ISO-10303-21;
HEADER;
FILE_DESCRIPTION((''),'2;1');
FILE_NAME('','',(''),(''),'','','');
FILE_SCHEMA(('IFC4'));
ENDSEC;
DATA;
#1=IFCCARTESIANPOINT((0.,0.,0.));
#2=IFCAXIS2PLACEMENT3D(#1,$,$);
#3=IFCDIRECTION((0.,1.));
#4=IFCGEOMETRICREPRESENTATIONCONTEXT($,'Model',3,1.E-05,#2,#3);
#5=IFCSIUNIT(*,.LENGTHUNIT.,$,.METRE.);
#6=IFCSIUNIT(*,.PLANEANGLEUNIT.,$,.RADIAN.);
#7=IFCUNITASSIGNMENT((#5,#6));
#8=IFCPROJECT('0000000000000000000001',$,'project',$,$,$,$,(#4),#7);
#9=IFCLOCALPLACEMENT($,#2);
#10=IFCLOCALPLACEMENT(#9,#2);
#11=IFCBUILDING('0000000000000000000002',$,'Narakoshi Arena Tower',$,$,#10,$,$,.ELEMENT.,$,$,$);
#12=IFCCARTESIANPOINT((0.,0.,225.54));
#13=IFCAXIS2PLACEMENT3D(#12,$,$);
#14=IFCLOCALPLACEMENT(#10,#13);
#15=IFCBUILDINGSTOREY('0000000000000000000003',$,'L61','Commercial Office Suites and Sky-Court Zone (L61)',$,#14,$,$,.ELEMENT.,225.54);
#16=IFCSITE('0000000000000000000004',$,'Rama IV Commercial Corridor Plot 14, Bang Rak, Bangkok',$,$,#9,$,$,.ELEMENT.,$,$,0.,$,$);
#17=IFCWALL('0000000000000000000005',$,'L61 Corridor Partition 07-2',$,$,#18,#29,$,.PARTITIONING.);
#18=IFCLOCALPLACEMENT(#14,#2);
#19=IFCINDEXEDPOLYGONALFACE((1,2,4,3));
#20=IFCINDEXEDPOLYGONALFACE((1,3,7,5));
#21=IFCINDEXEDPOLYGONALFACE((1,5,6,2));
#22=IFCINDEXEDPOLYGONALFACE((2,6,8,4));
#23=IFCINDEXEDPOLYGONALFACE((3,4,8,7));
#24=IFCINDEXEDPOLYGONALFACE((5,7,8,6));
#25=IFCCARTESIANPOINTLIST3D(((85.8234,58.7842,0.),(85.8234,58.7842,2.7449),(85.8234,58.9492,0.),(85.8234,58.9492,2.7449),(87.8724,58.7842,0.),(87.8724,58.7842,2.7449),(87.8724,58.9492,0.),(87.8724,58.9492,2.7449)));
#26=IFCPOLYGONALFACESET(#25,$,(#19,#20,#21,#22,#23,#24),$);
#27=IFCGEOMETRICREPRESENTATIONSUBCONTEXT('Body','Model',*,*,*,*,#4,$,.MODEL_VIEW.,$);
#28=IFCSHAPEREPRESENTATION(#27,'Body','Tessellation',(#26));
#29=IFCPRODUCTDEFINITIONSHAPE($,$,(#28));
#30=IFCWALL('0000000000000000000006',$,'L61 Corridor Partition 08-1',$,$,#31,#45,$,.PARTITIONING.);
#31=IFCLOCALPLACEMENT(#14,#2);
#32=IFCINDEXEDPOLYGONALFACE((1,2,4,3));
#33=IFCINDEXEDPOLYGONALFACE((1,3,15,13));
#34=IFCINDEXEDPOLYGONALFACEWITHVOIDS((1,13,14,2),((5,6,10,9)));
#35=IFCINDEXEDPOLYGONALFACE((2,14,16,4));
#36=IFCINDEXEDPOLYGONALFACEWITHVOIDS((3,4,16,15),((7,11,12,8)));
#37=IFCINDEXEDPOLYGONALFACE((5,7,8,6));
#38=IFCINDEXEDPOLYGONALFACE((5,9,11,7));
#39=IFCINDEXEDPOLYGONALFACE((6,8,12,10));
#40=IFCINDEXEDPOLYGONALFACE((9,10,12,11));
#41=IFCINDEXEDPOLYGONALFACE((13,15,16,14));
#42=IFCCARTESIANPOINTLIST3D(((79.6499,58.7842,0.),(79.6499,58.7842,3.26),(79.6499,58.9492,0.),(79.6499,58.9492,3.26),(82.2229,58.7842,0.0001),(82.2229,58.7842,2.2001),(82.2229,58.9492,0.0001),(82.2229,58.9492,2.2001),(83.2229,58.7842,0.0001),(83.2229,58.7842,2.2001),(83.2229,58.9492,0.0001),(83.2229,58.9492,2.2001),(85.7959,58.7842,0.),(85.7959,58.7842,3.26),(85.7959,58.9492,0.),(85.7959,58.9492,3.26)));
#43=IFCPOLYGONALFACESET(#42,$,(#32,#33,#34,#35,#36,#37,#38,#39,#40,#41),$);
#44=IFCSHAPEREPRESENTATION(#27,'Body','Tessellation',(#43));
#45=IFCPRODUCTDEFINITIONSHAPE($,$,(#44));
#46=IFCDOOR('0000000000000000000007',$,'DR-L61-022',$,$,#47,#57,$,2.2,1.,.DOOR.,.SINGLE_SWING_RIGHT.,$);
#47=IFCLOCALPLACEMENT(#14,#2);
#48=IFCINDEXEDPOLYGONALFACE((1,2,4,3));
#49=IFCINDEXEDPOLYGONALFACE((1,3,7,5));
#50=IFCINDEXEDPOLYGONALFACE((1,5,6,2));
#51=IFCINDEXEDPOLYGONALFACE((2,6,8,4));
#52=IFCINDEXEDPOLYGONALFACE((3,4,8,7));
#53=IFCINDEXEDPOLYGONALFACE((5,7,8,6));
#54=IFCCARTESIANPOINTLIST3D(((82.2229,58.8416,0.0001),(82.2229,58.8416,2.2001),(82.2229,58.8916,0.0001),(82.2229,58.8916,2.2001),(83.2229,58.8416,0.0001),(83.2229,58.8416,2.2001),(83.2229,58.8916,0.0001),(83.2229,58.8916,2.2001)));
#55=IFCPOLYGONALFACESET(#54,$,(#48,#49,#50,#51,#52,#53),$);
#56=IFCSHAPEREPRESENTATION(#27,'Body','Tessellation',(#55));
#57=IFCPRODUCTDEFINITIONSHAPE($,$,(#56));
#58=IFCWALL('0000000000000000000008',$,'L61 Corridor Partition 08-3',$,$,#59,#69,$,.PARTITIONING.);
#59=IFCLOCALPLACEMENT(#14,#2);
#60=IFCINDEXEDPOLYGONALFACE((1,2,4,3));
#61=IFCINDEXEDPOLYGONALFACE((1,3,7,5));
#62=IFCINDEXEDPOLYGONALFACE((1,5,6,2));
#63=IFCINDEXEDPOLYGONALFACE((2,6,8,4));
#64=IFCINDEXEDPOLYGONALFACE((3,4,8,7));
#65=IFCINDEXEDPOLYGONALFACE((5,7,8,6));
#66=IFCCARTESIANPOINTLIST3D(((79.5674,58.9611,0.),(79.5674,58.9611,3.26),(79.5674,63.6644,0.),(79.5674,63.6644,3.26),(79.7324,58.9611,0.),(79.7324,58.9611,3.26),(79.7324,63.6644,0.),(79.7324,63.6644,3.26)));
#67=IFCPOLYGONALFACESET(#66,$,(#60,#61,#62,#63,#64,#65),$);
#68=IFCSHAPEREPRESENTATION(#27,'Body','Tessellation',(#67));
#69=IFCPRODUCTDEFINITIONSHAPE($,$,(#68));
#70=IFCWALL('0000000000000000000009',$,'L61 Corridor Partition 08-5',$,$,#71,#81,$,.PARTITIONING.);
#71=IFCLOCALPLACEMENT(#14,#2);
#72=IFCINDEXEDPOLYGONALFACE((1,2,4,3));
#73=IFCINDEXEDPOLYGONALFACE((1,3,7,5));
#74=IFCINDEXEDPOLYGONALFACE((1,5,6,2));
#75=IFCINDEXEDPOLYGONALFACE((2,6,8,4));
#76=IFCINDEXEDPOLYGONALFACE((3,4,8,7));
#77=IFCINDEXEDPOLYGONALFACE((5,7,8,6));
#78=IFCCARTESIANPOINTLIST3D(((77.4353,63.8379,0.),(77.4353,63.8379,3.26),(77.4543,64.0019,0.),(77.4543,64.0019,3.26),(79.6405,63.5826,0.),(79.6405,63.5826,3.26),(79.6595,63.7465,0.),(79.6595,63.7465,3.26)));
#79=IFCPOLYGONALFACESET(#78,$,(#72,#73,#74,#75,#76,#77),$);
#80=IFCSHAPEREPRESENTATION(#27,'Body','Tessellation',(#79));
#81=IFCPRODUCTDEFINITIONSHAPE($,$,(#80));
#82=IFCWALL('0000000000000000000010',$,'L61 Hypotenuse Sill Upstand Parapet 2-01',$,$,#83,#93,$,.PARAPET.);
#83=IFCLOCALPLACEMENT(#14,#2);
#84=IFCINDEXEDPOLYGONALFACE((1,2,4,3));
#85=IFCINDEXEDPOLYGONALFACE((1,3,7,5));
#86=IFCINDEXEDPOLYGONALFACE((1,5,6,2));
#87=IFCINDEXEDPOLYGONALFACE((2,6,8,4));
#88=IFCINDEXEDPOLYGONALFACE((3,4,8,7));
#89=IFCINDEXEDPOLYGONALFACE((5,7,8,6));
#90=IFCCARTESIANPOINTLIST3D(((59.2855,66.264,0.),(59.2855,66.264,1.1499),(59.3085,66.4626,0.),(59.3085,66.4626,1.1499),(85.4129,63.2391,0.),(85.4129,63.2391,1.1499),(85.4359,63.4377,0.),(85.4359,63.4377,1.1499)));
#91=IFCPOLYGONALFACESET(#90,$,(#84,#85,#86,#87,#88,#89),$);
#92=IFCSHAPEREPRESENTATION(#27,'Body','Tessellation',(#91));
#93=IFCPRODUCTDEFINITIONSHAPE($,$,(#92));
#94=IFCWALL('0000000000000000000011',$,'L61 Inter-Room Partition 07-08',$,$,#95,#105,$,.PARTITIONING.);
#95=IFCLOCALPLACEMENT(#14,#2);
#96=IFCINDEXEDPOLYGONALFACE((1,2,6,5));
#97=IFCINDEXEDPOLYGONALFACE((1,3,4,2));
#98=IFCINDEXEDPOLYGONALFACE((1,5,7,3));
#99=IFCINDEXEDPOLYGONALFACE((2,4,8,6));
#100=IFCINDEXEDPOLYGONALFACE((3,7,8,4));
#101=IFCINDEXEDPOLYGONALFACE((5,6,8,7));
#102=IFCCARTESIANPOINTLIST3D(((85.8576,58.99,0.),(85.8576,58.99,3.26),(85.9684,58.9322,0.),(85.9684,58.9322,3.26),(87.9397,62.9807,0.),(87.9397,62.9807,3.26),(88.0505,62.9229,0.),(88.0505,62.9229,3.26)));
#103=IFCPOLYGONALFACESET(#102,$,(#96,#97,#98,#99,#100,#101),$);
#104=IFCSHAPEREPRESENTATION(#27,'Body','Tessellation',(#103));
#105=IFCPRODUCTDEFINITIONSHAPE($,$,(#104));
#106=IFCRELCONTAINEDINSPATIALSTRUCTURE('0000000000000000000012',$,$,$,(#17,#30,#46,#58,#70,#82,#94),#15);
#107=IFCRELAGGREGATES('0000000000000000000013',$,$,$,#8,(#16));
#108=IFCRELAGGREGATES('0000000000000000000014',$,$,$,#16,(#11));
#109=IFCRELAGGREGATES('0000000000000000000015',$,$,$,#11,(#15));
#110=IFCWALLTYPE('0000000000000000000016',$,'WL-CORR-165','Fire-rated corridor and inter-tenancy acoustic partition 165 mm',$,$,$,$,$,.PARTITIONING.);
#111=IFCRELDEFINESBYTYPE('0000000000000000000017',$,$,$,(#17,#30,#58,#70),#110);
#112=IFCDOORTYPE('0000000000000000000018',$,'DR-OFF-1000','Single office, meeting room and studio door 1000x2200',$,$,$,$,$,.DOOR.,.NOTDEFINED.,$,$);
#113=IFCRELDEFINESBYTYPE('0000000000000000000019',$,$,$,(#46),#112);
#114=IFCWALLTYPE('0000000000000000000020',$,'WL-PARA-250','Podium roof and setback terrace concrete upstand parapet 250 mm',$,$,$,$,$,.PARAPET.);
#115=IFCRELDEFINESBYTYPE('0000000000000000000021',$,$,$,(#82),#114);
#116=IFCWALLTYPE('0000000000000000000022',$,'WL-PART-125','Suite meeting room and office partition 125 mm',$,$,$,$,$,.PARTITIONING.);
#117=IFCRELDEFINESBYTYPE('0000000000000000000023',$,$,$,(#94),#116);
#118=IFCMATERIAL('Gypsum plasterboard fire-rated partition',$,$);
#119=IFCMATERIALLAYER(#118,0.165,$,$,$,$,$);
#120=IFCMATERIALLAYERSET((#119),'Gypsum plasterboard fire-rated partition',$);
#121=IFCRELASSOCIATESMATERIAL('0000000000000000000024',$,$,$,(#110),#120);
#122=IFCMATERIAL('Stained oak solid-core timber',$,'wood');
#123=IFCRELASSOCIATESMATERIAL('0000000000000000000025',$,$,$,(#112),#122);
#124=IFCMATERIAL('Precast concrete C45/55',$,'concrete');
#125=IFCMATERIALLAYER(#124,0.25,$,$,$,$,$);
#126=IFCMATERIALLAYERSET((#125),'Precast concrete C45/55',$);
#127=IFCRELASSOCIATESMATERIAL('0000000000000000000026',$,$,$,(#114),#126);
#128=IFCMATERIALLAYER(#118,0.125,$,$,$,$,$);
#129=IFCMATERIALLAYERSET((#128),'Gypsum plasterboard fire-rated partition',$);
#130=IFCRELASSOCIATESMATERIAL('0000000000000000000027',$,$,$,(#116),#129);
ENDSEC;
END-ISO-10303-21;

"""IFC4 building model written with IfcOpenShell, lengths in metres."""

from ifc_helpers import new_model, si_unit, direction, frame, frame_2d, origin, place, context, subcontext, project, spatial, rectangle, extrude, material, layer, layer_set, type_object, element, fill, save


model = new_model("IFC4")

# Units and contexts
model_context = context("Model", 3, precision=1e-05, world=origin(), true_north=direction((0.0, 1.0)))
body_context = subcontext(model_context, "Body", "Model", "MODEL_VIEW")
ifc_project = project(units=[si_unit("LENGTHUNIT", "METRE"), si_unit("PLANEANGLEUNIT", "RADIAN")], contexts=[model_context])

# Site, building, storey
site_placement = place(None, origin())
site = spatial("IfcSite", under=ifc_project, at=site_placement, Name="Rama IV Commercial Corridor Plot 14, Bang Rak, Bangkok", CompositionType="ELEMENT", RefElevation=0.0)
building_placement = place(site_placement, origin())
building = spatial("IfcBuilding", under=site, at=building_placement, Name="Narakoshi Arena Tower", CompositionType="ELEMENT")
storey_placement = place(building_placement, frame((0.0, 0.0, 225.54)))
storey = spatial("IfcBuildingStorey", under=building, at=storey_placement, Name="L61", Description="Commercial Office Suites and Sky-Court Zone (L61)", CompositionType="ELEMENT", Elevation=225.54)

# Wall
ifc_material_1 = material(Name="Gypsum plasterboard fire-rated partition")
ifc_layer_1 = layer(ifc_material_1, 0.165)
ifc_layer_set_1 = layer_set([ifc_layer_1], Name="Gypsum plasterboard fire-rated partition")
wall_type_1 = type_object("IfcWallType", Name="WL-CORR-165", Description="Fire-rated corridor and inter-tenancy acoustic partition 165 mm", PredefinedType="PARTITIONING", material=ifc_layer_set_1)
wall_1_placement = place(storey_placement, frame((87.8723, 58.8667, 0.0), z_axis=(0.0, 0.0, 1.0), x_axis=(-1.0, 0.0, 0.0)))
element("IfcWall", 1, at=wall_1_placement, inside=storey, type_object=wall_type_1, Name="L61 Corridor Partition 07-2", PredefinedType="PARTITIONING", context=body_context, shape_type="SweptSolid", body=[
    extrude(rectangle(XDim=2.0491, YDim=0.165, at=frame_2d((1.0244, 0.0))), origin(), (0.0, 0.0, 1.0), 2.7449),
])

# Wall, opening, door
wall_2_placement = place(storey_placement, frame((85.7959, 58.8667, 0.0), z_axis=(0.0, 0.0, 1.0), x_axis=(-1.0, 0.0, 0.0)))
wall_2 = element("IfcWall", 2, at=wall_2_placement, inside=storey, type_object=wall_type_1, Name="L61 Corridor Partition 08-1", PredefinedType="PARTITIONING", context=body_context, shape_type="SweptSolid", body=[
    extrude(rectangle(XDim=6.146, YDim=0.165, at=frame_2d((3.073, 0.0))), origin(), (0.0, 0.0, 1.0), 3.26),
])
opening_placement = place(wall_2_placement, frame((2.573, 0.0, 0.0)))
opening = element("IfcOpeningElement", 3, at=opening_placement, cuts=wall_2, PredefinedType="OPENING", context=body_context, shape_type="SweptSolid", body=[
    extrude(rectangle(XDim=1.0, YDim=2.2, at=frame_2d((0.5, 1.1001))), frame((0.0, 0.0925, 0.0), z_axis=(0.0, -1.0, 0.0), x_axis=(1.0, 0.0, 0.0)), (0.0, 0.0, 1.0), 0.1851),
])
ifc_material_2 = material(Name="Stained oak solid-core timber", Category="wood")
door_type = type_object("IfcDoorType", Name="DR-OFF-1000", Description="Single office, meeting room and studio door 1000x2200", OperationType="NOTDEFINED", PredefinedType="DOOR", material=ifc_material_2)
door_placement = place(opening_placement, frame((1.0, 0.0, 0.0), z_axis=(0.0, 0.0, 1.0), x_axis=(-1.0, 0.0, 0.0)))
door = element("IfcDoor", 4, at=door_placement, inside=storey, type_object=door_type, Name="DR-L61-022", OperationType="SINGLE_SWING_RIGHT", OverallHeight=2.2, OverallWidth=1.0, PredefinedType="DOOR", context=body_context, shape_type="SweptSolid", body=[
    extrude(rectangle(XDim=1.0, YDim=2.2, at=frame_2d((0.5, 1.1001))), frame((0.0, 0.0249, 0.0), z_axis=(0.0, -1.0, 0.0), x_axis=(1.0, 0.0, 0.0)), (0.0, 0.0, 1.0), 0.05),
])
fill(opening, door)

# Walls
wall_3_placement = place(storey_placement, frame((79.6499, 58.9612, 0.0), z_axis=(0.0, 0.0, 1.0), x_axis=(0.0, 1.0, 0.0)))
element("IfcWall", 5, at=wall_3_placement, inside=storey, type_object=wall_type_1, Name="L61 Corridor Partition 08-3", PredefinedType="PARTITIONING", context=body_context, shape_type="SweptSolid", body=[
    extrude(rectangle(XDim=4.7034, YDim=0.165, at=frame_2d((2.3516, 0.0))), origin(), (0.0, 0.0, 1.0), 3.26),
])
wall_4_placement = place(storey_placement, frame((79.6499, 63.6646, 0.0), z_axis=(0.0, 0.0, 1.0), x_axis=(-0.993362, 0.115029, 0.0)))
element("IfcWall", 6, at=wall_4_placement, inside=storey, type_object=wall_type_1, Name="L61 Corridor Partition 08-5", PredefinedType="PARTITIONING", context=body_context, shape_type="SweptSolid", body=[
    extrude(rectangle(XDim=2.22, YDim=0.165, at=frame_2d((1.1099, 0.0))), origin(), (0.0, 0.0, 1.0), 3.26),
])
ifc_material_3 = material(Name="Precast concrete C45/55", Category="concrete")
ifc_layer_2 = layer(ifc_material_3, 0.25)
ifc_layer_set_2 = layer_set([ifc_layer_2], Name="Precast concrete C45/55")
wall_type_2 = type_object("IfcWallType", Name="WL-PARA-250", Description="Podium roof and setback terrace concrete upstand parapet 250 mm", PredefinedType="PARAPET", material=ifc_layer_set_2)
wall_5_placement = place(storey_placement, frame((85.4243, 63.3384, 0.0), z_axis=(0.0, 0.0, 1.0), x_axis=(-0.993365, 0.115007, 0.0)))
element("IfcWall", 7, at=wall_5_placement, inside=storey, type_object=wall_type_2, Name="L61 Hypotenuse Sill Upstand Parapet 2-01", PredefinedType="PARAPET", context=body_context, shape_type="SweptSolid", body=[
    extrude(rectangle(XDim=26.302, YDim=0.2, at=frame_2d((13.1509, 0.0))), origin(), (0.0, 0.0, 1.0), 1.1499),
])
ifc_layer_3 = layer(ifc_material_1, 0.125)
ifc_layer_set_3 = layer_set([ifc_layer_3], Name="Gypsum plasterboard fire-rated partition")
wall_type_3 = type_object("IfcWallType", Name="WL-PART-125", Description="Suite meeting room and office partition 125 mm", PredefinedType="PARTITIONING", material=ifc_layer_set_3)
wall_6_placement = place(storey_placement, frame((85.9131, 58.9612, 0.0), z_axis=(0.0, 0.0, 1.0), x_axis=(0.462551, 0.886593, 0.0)))
element("IfcWall", 8, at=wall_6_placement, inside=storey, type_object=wall_type_3, Name="L61 Inter-Room Partition 07-08", PredefinedType="PARTITIONING", context=body_context, shape_type="SweptSolid", body=[
    extrude(rectangle(XDim=4.5012, YDim=0.125, at=frame_2d((2.2505, 0.0))), origin(), (0.0, 0.0, 1.0), 3.26),
])

save(model, "model.ifc")
